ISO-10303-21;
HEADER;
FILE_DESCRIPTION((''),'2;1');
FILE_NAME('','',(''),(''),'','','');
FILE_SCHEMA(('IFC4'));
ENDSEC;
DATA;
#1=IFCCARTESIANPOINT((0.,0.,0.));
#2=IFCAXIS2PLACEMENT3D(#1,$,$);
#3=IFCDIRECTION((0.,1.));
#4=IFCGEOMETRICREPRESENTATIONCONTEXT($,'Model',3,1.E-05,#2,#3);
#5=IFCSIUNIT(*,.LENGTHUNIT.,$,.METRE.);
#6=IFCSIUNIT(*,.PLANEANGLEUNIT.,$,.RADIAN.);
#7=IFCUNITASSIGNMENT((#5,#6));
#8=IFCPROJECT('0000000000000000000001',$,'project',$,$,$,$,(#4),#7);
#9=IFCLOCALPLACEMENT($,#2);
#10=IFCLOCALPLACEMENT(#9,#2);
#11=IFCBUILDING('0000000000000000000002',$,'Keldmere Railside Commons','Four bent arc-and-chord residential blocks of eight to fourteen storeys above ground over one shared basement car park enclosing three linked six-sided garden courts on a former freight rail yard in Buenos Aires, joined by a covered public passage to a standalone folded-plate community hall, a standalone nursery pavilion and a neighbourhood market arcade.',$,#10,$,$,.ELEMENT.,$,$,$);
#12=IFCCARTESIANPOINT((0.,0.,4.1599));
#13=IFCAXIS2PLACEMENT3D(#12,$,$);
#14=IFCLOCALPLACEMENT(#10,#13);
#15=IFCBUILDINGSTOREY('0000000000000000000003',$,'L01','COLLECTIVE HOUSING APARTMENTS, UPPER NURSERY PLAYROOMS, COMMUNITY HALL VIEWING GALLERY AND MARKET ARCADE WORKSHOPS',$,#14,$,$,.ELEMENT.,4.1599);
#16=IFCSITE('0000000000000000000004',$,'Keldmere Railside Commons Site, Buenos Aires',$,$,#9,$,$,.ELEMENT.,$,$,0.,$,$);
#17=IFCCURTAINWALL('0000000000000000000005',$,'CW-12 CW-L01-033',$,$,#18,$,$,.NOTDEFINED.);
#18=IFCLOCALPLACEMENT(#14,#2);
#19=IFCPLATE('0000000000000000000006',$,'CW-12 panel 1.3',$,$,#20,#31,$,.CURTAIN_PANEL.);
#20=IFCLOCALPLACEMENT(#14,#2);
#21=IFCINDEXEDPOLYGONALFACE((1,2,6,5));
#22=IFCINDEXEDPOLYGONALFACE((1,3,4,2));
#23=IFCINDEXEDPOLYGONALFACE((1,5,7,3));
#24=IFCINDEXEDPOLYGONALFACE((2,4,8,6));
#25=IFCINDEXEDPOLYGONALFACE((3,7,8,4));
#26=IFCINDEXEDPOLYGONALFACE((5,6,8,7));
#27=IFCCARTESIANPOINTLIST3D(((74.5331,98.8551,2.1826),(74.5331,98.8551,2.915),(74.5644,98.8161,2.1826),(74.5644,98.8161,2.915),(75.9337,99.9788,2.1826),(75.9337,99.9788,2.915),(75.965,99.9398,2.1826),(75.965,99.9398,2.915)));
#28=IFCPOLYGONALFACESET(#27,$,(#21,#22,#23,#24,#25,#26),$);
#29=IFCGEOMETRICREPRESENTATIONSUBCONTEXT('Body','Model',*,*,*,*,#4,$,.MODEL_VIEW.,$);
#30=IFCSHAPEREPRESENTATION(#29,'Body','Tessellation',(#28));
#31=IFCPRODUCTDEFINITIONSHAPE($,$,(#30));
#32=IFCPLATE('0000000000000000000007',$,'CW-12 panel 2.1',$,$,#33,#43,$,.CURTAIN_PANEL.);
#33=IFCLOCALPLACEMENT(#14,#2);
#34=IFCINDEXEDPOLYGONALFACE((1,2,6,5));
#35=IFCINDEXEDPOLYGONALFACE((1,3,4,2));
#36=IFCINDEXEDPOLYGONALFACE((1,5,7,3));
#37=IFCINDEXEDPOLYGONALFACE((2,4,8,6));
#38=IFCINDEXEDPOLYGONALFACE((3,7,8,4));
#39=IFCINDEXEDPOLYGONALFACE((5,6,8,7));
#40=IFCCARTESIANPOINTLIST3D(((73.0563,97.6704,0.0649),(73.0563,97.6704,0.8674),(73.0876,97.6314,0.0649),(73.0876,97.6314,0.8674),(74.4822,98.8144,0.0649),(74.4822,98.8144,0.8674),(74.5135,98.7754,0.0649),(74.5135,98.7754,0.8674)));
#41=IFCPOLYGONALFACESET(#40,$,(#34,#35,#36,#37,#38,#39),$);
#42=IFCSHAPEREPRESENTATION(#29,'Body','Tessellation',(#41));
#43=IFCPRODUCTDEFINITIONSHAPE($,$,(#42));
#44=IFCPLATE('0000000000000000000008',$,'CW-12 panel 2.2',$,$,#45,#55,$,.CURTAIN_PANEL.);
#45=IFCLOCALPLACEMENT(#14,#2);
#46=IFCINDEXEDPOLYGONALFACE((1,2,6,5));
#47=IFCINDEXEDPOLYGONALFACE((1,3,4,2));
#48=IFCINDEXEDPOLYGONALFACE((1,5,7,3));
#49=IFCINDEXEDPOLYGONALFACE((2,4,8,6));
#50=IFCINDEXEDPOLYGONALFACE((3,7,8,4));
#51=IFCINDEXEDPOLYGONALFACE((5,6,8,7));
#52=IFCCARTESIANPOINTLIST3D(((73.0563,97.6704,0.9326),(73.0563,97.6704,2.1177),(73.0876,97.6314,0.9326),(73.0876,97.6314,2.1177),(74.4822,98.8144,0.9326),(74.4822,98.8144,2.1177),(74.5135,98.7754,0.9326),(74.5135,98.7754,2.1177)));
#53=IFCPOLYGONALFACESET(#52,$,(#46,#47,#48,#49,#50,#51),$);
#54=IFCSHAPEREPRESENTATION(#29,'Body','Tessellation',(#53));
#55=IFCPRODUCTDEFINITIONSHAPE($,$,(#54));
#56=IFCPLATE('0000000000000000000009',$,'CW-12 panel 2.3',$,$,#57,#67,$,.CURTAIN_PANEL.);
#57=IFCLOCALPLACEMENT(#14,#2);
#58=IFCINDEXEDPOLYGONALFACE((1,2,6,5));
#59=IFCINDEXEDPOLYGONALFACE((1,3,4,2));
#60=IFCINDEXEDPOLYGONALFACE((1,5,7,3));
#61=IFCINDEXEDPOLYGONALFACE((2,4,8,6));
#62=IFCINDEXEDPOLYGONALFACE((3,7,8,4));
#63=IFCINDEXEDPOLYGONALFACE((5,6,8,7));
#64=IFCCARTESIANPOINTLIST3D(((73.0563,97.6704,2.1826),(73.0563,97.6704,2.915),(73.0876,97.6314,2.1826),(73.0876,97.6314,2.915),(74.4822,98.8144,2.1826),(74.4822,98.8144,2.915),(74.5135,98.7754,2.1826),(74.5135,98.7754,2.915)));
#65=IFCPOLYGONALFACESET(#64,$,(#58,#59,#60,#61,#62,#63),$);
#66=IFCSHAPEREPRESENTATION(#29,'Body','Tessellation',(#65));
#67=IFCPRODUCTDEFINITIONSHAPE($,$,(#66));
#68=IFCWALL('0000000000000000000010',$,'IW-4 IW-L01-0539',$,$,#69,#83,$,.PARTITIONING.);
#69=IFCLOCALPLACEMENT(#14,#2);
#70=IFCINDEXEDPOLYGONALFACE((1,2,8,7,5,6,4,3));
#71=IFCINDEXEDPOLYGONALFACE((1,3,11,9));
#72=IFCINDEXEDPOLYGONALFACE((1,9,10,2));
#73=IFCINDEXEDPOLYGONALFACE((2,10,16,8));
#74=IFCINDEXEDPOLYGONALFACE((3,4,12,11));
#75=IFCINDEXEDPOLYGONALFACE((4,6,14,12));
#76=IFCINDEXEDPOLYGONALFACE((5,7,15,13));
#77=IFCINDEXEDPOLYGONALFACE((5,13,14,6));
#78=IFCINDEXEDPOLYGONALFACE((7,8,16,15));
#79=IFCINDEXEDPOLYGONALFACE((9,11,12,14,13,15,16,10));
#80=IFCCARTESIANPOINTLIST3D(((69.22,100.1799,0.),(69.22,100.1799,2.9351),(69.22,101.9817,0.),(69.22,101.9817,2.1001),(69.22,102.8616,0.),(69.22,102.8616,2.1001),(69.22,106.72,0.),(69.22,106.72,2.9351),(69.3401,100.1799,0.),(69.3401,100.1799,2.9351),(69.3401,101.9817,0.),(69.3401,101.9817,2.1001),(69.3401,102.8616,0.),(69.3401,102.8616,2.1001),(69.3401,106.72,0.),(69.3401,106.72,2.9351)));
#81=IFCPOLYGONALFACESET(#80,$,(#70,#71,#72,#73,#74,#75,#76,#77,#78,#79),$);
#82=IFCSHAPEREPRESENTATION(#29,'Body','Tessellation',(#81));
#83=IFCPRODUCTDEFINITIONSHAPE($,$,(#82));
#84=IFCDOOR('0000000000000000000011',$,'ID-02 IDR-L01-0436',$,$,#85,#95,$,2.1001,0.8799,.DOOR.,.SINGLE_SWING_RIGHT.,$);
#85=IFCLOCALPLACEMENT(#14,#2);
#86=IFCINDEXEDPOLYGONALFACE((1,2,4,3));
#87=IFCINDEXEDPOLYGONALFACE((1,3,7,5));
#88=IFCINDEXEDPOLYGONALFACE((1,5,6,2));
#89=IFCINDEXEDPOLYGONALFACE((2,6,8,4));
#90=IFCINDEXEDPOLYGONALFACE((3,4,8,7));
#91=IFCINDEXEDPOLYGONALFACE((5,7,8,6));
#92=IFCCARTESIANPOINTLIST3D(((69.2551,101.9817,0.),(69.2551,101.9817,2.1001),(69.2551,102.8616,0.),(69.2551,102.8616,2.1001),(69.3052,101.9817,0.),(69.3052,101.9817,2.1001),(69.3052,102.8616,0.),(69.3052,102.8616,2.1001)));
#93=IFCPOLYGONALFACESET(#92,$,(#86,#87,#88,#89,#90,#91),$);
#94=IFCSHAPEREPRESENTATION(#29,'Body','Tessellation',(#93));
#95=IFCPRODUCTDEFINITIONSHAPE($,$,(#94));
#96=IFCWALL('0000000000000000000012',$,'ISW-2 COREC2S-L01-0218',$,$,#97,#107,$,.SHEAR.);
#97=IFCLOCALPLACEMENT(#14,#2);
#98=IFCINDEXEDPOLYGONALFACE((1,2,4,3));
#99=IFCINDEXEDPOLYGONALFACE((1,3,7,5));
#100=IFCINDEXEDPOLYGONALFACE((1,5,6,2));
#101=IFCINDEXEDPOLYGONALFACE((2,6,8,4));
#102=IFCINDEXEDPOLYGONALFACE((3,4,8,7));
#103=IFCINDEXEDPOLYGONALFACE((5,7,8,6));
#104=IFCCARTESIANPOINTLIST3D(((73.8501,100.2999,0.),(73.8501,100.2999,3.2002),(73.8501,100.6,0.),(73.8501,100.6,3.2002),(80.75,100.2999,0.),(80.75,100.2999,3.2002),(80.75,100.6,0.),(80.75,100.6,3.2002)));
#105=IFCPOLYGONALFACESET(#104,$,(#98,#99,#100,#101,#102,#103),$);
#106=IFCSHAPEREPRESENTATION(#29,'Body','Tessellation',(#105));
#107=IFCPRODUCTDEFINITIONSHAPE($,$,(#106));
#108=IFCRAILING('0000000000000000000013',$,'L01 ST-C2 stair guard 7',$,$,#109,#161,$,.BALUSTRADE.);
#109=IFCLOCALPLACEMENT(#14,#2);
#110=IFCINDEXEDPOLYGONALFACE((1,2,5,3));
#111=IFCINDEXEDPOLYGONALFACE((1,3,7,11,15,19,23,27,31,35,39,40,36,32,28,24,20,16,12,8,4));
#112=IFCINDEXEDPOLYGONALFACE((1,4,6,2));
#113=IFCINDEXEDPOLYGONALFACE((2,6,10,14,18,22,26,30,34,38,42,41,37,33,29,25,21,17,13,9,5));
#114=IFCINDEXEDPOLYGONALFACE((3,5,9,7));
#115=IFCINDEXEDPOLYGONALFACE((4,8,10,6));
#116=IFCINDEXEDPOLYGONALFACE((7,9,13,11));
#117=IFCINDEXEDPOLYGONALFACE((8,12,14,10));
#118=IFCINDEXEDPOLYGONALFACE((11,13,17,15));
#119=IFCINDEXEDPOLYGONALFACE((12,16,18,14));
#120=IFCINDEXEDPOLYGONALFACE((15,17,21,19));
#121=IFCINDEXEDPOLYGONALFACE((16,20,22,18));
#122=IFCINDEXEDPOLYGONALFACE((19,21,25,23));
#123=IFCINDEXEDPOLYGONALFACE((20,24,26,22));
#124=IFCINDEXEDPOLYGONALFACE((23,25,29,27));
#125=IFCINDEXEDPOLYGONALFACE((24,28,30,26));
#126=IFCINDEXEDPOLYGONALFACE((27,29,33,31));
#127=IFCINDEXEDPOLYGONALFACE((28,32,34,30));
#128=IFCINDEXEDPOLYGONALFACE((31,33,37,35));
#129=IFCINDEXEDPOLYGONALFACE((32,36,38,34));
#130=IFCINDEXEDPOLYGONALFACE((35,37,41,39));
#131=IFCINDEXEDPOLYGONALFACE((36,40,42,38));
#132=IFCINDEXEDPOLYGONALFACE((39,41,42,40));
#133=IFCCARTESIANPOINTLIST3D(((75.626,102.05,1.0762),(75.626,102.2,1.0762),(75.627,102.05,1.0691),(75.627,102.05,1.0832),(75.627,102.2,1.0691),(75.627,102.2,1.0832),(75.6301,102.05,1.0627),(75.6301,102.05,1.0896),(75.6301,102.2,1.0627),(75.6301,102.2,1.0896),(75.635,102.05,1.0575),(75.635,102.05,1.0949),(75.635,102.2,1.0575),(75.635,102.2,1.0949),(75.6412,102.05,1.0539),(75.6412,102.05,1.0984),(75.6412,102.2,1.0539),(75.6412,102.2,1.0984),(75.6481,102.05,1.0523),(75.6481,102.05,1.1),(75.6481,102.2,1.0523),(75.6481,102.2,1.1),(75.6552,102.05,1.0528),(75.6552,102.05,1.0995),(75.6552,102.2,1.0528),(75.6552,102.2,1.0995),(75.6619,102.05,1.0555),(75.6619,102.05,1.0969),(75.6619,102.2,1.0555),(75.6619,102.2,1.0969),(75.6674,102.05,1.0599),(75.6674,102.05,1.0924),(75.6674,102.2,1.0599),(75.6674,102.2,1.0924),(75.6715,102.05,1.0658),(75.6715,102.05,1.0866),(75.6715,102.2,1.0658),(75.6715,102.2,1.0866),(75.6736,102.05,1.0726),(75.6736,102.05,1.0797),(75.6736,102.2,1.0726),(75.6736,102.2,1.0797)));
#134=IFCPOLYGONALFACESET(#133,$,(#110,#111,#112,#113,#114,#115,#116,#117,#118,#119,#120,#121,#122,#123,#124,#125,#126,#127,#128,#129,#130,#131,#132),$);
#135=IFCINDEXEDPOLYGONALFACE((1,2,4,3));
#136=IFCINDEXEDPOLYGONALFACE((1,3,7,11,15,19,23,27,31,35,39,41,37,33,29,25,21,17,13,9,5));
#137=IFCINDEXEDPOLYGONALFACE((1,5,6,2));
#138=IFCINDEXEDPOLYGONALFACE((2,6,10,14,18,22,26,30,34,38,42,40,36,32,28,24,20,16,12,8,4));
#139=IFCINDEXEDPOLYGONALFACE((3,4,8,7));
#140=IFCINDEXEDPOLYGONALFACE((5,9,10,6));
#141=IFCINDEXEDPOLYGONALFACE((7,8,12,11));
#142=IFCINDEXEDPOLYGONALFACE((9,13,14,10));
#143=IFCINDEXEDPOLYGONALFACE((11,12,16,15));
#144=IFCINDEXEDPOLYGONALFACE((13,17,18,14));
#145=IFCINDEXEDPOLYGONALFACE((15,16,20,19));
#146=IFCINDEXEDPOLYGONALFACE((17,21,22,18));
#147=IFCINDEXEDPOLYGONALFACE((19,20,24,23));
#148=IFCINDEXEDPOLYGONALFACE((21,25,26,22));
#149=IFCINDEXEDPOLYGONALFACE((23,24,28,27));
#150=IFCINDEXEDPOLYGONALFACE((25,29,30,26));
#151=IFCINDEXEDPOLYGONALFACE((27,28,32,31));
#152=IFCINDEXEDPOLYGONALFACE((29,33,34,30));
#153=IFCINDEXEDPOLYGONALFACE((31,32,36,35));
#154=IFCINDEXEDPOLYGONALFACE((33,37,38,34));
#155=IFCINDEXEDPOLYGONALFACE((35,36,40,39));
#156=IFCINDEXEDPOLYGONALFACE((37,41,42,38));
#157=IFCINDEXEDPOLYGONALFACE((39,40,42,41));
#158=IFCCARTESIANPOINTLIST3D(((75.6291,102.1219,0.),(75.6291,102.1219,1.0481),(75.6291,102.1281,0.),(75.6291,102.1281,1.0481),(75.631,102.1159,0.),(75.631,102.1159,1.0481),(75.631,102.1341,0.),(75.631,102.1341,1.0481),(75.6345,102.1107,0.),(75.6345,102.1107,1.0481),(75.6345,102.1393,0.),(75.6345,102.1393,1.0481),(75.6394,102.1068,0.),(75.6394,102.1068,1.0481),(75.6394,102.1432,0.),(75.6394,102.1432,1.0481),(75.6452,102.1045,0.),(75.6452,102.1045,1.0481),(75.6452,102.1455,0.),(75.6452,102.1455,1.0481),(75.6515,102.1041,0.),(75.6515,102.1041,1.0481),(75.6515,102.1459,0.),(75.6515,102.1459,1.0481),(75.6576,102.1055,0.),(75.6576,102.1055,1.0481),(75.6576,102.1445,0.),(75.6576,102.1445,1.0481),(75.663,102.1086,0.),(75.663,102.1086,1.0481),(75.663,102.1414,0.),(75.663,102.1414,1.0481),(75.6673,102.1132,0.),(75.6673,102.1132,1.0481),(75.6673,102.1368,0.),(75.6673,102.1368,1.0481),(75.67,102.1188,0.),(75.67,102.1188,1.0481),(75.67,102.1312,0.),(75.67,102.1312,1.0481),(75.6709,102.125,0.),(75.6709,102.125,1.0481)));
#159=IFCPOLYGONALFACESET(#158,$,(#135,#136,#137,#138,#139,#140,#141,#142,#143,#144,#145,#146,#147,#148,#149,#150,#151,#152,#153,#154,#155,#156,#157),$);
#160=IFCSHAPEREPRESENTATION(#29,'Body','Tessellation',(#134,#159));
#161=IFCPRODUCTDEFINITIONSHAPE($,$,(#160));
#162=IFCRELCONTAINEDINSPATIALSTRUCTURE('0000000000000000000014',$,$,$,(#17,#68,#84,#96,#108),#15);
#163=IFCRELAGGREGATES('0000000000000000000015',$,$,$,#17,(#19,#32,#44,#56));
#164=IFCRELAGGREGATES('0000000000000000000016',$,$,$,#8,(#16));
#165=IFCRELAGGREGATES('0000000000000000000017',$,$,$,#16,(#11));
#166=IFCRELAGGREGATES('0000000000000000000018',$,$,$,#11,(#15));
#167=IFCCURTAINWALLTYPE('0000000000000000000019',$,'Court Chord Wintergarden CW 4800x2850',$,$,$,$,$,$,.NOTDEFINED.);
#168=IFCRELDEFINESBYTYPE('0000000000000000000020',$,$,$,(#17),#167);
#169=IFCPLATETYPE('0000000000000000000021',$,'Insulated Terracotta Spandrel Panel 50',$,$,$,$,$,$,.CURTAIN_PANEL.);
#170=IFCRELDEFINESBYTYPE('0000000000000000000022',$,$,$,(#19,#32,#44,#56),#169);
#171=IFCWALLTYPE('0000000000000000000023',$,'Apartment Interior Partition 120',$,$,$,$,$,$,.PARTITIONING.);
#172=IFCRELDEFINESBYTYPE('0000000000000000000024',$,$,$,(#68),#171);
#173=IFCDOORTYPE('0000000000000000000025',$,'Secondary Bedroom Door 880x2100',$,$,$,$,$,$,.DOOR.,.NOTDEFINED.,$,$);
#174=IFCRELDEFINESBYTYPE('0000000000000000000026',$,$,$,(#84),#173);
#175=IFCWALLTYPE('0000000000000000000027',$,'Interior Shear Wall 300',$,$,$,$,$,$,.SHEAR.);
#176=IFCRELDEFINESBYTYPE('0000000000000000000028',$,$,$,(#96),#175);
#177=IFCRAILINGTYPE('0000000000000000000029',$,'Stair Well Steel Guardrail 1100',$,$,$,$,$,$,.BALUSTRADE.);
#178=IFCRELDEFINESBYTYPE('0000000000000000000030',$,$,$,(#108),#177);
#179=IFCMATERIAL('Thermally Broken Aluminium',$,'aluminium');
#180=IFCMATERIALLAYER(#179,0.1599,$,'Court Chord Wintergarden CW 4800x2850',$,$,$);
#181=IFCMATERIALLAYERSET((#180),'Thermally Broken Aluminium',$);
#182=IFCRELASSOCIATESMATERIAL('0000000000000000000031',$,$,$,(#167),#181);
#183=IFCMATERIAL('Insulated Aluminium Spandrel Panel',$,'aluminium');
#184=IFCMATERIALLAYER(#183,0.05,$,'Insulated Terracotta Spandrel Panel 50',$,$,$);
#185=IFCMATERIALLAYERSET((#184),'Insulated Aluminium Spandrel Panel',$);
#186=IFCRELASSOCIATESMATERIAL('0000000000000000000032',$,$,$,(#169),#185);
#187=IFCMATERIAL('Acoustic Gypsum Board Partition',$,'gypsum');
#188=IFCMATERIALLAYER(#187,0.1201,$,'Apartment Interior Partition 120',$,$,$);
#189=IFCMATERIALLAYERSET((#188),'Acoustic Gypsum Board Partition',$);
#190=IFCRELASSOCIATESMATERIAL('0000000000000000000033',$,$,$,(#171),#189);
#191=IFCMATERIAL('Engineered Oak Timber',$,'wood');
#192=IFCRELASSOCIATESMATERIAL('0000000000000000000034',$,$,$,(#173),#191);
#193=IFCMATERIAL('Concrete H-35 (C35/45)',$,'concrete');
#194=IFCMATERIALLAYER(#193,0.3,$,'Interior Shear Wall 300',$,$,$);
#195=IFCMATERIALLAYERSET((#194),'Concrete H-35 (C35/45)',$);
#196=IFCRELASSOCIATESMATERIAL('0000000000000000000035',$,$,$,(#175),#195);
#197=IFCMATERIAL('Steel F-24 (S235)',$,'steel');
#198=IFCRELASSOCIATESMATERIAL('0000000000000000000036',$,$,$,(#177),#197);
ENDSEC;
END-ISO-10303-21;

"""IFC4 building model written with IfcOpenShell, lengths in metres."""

from ifc_helpers import new_model, si_unit, direction, frame, frame_2d, origin, origin_2d, place, context, subcontext, project, spatial, rectangle, circle, extrude, material, layer, layer_set, type_object, element, fill, aggregate, save


model = new_model("IFC4")

# Units and contexts
model_context = context("Model", 3, precision=1e-05, world=origin(), true_north=direction((0.0, 1.0)))
body_context = subcontext(model_context, "Body", "Model", "MODEL_VIEW")
ifc_project = project(units=[si_unit("LENGTHUNIT", "METRE"), si_unit("PLANEANGLEUNIT", "RADIAN")], contexts=[model_context])

# Site, building, storey
site_placement = place(None, origin())
site = spatial("IfcSite", under=ifc_project, at=site_placement, Name="Keldmere Railside Commons Site, Buenos Aires", CompositionType="ELEMENT", RefElevation=0.0)
building_placement = place(site_placement, origin())
building = spatial("IfcBuilding", under=site, at=building_placement, Name="Keldmere Railside Commons", Description="Four bent arc-and-chord residential blocks of eight to fourteen storeys above ground over one shared basement car park enclosing three linked six-sided garden courts on a former freight rail yard in Buenos Aires, joined by a covered public passage to a standalone folded-plate community hall, a standalone nursery pavilion and a neighbourhood market arcade.", CompositionType="ELEMENT")
storey_placement = place(building_placement, frame((0.0, 0.0, 4.1599)))
storey = spatial("IfcBuildingStorey", under=building, at=storey_placement, Name="L01", Description="COLLECTIVE HOUSING APARTMENTS, UPPER NURSERY PLAYROOMS, COMMUNITY HALL VIEWING GALLERY AND MARKET ARCADE WORKSHOPS", CompositionType="ELEMENT", Elevation=4.1599)

# Curtain wall, plates
ifc_material_1 = material(Name="Thermally Broken Aluminium", Category="aluminium")
ifc_layer_1 = layer(ifc_material_1, 0.1599, Name="Court Chord Wintergarden CW 4800x2850")
ifc_layer_set_1 = layer_set([ifc_layer_1], Name="Thermally Broken Aluminium")
curtain_wall_type = type_object("IfcCurtainWallType", Name="Court Chord Wintergarden CW 4800x2850", PredefinedType="NOTDEFINED", material=ifc_layer_set_1)
curtain_wall_placement = place(storey_placement, origin())
curtain_wall = element("IfcCurtainWall", 1, at=curtain_wall_placement, inside=storey, type_object=curtain_wall_type, Name="CW-12 CW-L01-033", PredefinedType="NOTDEFINED")
ifc_material_2 = material(Name="Insulated Aluminium Spandrel Panel", Category="aluminium")
ifc_layer_2 = layer(ifc_material_2, 0.05, Name="Insulated Terracotta Spandrel Panel 50")
ifc_layer_set_2 = layer_set([ifc_layer_2], Name="Insulated Aluminium Spandrel Panel")
plate_type = type_object("IfcPlateType", Name="Insulated Terracotta Spandrel Panel 50", PredefinedType="CURTAIN_PANEL", material=ifc_layer_set_2)
plate_1_placement = place(storey_placement, frame((75.249, 99.3975, 2.1826), z_axis=(0.0, 0.0, 1.0), x_axis=(-0.780009, -0.625768, 0.0)))
plate_1 = element("IfcPlate", 2, at=plate_1_placement, type_object=plate_type, Name="CW-12 panel 1.3", PredefinedType="CURTAIN_PANEL", context=body_context, shape_type="SweptSolid", body=[
    extrude(rectangle(XDim=1.7957, YDim=0.05, at=origin_2d()), origin(), (0.0, 0.0, 1.0), 0.7324),
])
plate_2_placement = place(storey_placement, frame((73.7849, 98.2229, 0.0649), z_axis=(0.0, 0.0, 1.0), x_axis=(-0.780009, -0.625768, 0.0)))
plate_2 = element("IfcPlate", 3, at=plate_2_placement, type_object=plate_type, Name="CW-12 panel 2.1", PredefinedType="CURTAIN_PANEL", context=body_context, shape_type="SweptSolid", body=[
    extrude(rectangle(XDim=1.8281, YDim=0.05, at=origin_2d()), origin(), (0.0, 0.0, 1.0), 0.8025),
])
plate_3_placement = place(storey_placement, frame((73.7849, 98.2229, 0.9326), z_axis=(0.0, 0.0, 1.0), x_axis=(-0.780009, -0.625768, 0.0)))
plate_3 = element("IfcPlate", 4, at=plate_3_placement, type_object=plate_type, Name="CW-12 panel 2.2", PredefinedType="CURTAIN_PANEL", context=body_context, shape_type="SweptSolid", body=[
    extrude(rectangle(XDim=1.8281, YDim=0.05, at=origin_2d()), origin(), (0.0, 0.0, 1.0), 1.1851),
])
plate_4_placement = place(storey_placement, frame((73.7849, 98.2229, 2.1826), z_axis=(0.0, 0.0, 1.0), x_axis=(-0.780009, -0.625768, 0.0)))
plate_4 = element("IfcPlate", 5, at=plate_4_placement, type_object=plate_type, Name="CW-12 panel 2.3", PredefinedType="CURTAIN_PANEL", context=body_context, shape_type="SweptSolid", body=[
    extrude(rectangle(XDim=1.8281, YDim=0.05, at=origin_2d()), origin(), (0.0, 0.0, 1.0), 0.7324),
])
aggregate(curtain_wall, [plate_1, plate_2, plate_3, plate_4])

# Wall, opening, door
ifc_material_3 = material(Name="Acoustic Gypsum Board Partition", Category="gypsum")
ifc_layer_3 = layer(ifc_material_3, 0.1201, Name="Apartment Interior Partition 120")
ifc_layer_set_3 = layer_set([ifc_layer_3], Name="Acoustic Gypsum Board Partition")
wall_type_1 = type_object("IfcWallType", Name="Apartment Interior Partition 120", PredefinedType="PARTITIONING", material=ifc_layer_set_3)
wall_1_placement = place(storey_placement, frame((69.28, 100.1799, 0.0), z_axis=(0.0, 0.0, 1.0), x_axis=(0.0, 1.0, 0.0)))
wall_1 = element("IfcWall", 6, at=wall_1_placement, inside=storey, type_object=wall_type_1, Name="IW-4 IW-L01-0539", PredefinedType="PARTITIONING", context=body_context, shape_type="SweptSolid", body=[
    extrude(rectangle(XDim=6.54, YDim=0.1201, at=frame_2d((3.27, 0.0))), origin(), (0.0, 0.0, 1.0), 2.9351),
])
opening_placement = place(wall_1_placement, frame((1.8018, 0.0, 0.0)))
opening = element("IfcOpeningElement", 7, at=opening_placement, cuts=wall_1, PredefinedType="OPENING", context=body_context, shape_type="SweptSolid", body=[
    extrude(rectangle(XDim=0.8799, YDim=2.1001, at=frame_2d((0.4399, 1.05))), frame((0.0, 0.0701, 0.0), z_axis=(0.0, -1.0, 0.0), x_axis=(1.0, 0.0, 0.0)), (0.0, 0.0, 1.0), 0.1401),
])
ifc_material_4 = material(Name="Engineered Oak Timber", Category="wood")
door_type = type_object("IfcDoorType", Name="Secondary Bedroom Door 880x2100", OperationType="NOTDEFINED", PredefinedType="DOOR", material=ifc_material_4)
door_placement = place(opening_placement, origin())
door = element("IfcDoor", 8, at=door_placement, inside=storey, type_object=door_type, Name="ID-02 IDR-L01-0436", OperationType="SINGLE_SWING_RIGHT", OverallHeight=2.1001, OverallWidth=0.8799, PredefinedType="DOOR", context=body_context, shape_type="SweptSolid", body=[
    extrude(rectangle(XDim=0.8799, YDim=2.1001, at=frame_2d((0.4399, 1.05))), frame((0.0, 0.0249, 0.0), z_axis=(0.0, -1.0, 0.0), x_axis=(1.0, 0.0, 0.0)), (0.0, 0.0, 1.0), 0.05),
])
fill(opening, door)

# Wall
ifc_material_5 = material(Name="Concrete H-35 (C35/45)", Category="concrete")
ifc_layer_4 = layer(ifc_material_5, 0.3, Name="Interior Shear Wall 300")
ifc_layer_set_4 = layer_set([ifc_layer_4], Name="Concrete H-35 (C35/45)")
wall_type_2 = type_object("IfcWallType", Name="Interior Shear Wall 300", PredefinedType="SHEAR", material=ifc_layer_set_4)
wall_2_placement = place(storey_placement, frame((73.8501, 100.45, 0.0), z_axis=(0.0, 0.0, 1.0), x_axis=(1.0, 0.0, 0.0)))
element("IfcWall", 9, at=wall_2_placement, inside=storey, type_object=wall_type_2, Name="ISW-2 COREC2S-L01-0218", PredefinedType="SHEAR", context=body_context, shape_type="SweptSolid", body=[
    extrude(rectangle(XDim=6.8999, YDim=0.3, at=frame_2d((3.45, 0.0))), origin(), (0.0, 0.0, 1.0), 3.2002),
])

# Railing
ifc_material_6 = material(Name="Steel F-24 (S235)", Category="steel")
railing_type = type_object("IfcRailingType", Name="Stair Well Steel Guardrail 1100", PredefinedType="BALUSTRADE", material=ifc_material_6)
railing_1_placement = place(storey_placement, frame((75.6499, 102.05, 0.0)))
element("IfcRailing", 10, at=railing_1_placement, inside=storey, type_object=railing_type, Name="L01 ST-C2 stair guard 7", PredefinedType="BALUSTRADE", context=body_context, shape_type="SweptSolid", body=[
    extrude(circle(Radius=0.0239, at=origin_2d()), frame((0.0, 0.0, 1.0762), z_axis=(0.0, 1.0, 0.0), x_axis=(-1.0, 0.0, 0.0)), (0.0, 0.0, 1.0), 0.1499),
    extrude(circle(Radius=0.021, at=origin_2d()), frame((0.0, 0.075, 0.0)), (0.0, 0.0, 1.0), 1.0481),
])

save(model, "model.ifc")
